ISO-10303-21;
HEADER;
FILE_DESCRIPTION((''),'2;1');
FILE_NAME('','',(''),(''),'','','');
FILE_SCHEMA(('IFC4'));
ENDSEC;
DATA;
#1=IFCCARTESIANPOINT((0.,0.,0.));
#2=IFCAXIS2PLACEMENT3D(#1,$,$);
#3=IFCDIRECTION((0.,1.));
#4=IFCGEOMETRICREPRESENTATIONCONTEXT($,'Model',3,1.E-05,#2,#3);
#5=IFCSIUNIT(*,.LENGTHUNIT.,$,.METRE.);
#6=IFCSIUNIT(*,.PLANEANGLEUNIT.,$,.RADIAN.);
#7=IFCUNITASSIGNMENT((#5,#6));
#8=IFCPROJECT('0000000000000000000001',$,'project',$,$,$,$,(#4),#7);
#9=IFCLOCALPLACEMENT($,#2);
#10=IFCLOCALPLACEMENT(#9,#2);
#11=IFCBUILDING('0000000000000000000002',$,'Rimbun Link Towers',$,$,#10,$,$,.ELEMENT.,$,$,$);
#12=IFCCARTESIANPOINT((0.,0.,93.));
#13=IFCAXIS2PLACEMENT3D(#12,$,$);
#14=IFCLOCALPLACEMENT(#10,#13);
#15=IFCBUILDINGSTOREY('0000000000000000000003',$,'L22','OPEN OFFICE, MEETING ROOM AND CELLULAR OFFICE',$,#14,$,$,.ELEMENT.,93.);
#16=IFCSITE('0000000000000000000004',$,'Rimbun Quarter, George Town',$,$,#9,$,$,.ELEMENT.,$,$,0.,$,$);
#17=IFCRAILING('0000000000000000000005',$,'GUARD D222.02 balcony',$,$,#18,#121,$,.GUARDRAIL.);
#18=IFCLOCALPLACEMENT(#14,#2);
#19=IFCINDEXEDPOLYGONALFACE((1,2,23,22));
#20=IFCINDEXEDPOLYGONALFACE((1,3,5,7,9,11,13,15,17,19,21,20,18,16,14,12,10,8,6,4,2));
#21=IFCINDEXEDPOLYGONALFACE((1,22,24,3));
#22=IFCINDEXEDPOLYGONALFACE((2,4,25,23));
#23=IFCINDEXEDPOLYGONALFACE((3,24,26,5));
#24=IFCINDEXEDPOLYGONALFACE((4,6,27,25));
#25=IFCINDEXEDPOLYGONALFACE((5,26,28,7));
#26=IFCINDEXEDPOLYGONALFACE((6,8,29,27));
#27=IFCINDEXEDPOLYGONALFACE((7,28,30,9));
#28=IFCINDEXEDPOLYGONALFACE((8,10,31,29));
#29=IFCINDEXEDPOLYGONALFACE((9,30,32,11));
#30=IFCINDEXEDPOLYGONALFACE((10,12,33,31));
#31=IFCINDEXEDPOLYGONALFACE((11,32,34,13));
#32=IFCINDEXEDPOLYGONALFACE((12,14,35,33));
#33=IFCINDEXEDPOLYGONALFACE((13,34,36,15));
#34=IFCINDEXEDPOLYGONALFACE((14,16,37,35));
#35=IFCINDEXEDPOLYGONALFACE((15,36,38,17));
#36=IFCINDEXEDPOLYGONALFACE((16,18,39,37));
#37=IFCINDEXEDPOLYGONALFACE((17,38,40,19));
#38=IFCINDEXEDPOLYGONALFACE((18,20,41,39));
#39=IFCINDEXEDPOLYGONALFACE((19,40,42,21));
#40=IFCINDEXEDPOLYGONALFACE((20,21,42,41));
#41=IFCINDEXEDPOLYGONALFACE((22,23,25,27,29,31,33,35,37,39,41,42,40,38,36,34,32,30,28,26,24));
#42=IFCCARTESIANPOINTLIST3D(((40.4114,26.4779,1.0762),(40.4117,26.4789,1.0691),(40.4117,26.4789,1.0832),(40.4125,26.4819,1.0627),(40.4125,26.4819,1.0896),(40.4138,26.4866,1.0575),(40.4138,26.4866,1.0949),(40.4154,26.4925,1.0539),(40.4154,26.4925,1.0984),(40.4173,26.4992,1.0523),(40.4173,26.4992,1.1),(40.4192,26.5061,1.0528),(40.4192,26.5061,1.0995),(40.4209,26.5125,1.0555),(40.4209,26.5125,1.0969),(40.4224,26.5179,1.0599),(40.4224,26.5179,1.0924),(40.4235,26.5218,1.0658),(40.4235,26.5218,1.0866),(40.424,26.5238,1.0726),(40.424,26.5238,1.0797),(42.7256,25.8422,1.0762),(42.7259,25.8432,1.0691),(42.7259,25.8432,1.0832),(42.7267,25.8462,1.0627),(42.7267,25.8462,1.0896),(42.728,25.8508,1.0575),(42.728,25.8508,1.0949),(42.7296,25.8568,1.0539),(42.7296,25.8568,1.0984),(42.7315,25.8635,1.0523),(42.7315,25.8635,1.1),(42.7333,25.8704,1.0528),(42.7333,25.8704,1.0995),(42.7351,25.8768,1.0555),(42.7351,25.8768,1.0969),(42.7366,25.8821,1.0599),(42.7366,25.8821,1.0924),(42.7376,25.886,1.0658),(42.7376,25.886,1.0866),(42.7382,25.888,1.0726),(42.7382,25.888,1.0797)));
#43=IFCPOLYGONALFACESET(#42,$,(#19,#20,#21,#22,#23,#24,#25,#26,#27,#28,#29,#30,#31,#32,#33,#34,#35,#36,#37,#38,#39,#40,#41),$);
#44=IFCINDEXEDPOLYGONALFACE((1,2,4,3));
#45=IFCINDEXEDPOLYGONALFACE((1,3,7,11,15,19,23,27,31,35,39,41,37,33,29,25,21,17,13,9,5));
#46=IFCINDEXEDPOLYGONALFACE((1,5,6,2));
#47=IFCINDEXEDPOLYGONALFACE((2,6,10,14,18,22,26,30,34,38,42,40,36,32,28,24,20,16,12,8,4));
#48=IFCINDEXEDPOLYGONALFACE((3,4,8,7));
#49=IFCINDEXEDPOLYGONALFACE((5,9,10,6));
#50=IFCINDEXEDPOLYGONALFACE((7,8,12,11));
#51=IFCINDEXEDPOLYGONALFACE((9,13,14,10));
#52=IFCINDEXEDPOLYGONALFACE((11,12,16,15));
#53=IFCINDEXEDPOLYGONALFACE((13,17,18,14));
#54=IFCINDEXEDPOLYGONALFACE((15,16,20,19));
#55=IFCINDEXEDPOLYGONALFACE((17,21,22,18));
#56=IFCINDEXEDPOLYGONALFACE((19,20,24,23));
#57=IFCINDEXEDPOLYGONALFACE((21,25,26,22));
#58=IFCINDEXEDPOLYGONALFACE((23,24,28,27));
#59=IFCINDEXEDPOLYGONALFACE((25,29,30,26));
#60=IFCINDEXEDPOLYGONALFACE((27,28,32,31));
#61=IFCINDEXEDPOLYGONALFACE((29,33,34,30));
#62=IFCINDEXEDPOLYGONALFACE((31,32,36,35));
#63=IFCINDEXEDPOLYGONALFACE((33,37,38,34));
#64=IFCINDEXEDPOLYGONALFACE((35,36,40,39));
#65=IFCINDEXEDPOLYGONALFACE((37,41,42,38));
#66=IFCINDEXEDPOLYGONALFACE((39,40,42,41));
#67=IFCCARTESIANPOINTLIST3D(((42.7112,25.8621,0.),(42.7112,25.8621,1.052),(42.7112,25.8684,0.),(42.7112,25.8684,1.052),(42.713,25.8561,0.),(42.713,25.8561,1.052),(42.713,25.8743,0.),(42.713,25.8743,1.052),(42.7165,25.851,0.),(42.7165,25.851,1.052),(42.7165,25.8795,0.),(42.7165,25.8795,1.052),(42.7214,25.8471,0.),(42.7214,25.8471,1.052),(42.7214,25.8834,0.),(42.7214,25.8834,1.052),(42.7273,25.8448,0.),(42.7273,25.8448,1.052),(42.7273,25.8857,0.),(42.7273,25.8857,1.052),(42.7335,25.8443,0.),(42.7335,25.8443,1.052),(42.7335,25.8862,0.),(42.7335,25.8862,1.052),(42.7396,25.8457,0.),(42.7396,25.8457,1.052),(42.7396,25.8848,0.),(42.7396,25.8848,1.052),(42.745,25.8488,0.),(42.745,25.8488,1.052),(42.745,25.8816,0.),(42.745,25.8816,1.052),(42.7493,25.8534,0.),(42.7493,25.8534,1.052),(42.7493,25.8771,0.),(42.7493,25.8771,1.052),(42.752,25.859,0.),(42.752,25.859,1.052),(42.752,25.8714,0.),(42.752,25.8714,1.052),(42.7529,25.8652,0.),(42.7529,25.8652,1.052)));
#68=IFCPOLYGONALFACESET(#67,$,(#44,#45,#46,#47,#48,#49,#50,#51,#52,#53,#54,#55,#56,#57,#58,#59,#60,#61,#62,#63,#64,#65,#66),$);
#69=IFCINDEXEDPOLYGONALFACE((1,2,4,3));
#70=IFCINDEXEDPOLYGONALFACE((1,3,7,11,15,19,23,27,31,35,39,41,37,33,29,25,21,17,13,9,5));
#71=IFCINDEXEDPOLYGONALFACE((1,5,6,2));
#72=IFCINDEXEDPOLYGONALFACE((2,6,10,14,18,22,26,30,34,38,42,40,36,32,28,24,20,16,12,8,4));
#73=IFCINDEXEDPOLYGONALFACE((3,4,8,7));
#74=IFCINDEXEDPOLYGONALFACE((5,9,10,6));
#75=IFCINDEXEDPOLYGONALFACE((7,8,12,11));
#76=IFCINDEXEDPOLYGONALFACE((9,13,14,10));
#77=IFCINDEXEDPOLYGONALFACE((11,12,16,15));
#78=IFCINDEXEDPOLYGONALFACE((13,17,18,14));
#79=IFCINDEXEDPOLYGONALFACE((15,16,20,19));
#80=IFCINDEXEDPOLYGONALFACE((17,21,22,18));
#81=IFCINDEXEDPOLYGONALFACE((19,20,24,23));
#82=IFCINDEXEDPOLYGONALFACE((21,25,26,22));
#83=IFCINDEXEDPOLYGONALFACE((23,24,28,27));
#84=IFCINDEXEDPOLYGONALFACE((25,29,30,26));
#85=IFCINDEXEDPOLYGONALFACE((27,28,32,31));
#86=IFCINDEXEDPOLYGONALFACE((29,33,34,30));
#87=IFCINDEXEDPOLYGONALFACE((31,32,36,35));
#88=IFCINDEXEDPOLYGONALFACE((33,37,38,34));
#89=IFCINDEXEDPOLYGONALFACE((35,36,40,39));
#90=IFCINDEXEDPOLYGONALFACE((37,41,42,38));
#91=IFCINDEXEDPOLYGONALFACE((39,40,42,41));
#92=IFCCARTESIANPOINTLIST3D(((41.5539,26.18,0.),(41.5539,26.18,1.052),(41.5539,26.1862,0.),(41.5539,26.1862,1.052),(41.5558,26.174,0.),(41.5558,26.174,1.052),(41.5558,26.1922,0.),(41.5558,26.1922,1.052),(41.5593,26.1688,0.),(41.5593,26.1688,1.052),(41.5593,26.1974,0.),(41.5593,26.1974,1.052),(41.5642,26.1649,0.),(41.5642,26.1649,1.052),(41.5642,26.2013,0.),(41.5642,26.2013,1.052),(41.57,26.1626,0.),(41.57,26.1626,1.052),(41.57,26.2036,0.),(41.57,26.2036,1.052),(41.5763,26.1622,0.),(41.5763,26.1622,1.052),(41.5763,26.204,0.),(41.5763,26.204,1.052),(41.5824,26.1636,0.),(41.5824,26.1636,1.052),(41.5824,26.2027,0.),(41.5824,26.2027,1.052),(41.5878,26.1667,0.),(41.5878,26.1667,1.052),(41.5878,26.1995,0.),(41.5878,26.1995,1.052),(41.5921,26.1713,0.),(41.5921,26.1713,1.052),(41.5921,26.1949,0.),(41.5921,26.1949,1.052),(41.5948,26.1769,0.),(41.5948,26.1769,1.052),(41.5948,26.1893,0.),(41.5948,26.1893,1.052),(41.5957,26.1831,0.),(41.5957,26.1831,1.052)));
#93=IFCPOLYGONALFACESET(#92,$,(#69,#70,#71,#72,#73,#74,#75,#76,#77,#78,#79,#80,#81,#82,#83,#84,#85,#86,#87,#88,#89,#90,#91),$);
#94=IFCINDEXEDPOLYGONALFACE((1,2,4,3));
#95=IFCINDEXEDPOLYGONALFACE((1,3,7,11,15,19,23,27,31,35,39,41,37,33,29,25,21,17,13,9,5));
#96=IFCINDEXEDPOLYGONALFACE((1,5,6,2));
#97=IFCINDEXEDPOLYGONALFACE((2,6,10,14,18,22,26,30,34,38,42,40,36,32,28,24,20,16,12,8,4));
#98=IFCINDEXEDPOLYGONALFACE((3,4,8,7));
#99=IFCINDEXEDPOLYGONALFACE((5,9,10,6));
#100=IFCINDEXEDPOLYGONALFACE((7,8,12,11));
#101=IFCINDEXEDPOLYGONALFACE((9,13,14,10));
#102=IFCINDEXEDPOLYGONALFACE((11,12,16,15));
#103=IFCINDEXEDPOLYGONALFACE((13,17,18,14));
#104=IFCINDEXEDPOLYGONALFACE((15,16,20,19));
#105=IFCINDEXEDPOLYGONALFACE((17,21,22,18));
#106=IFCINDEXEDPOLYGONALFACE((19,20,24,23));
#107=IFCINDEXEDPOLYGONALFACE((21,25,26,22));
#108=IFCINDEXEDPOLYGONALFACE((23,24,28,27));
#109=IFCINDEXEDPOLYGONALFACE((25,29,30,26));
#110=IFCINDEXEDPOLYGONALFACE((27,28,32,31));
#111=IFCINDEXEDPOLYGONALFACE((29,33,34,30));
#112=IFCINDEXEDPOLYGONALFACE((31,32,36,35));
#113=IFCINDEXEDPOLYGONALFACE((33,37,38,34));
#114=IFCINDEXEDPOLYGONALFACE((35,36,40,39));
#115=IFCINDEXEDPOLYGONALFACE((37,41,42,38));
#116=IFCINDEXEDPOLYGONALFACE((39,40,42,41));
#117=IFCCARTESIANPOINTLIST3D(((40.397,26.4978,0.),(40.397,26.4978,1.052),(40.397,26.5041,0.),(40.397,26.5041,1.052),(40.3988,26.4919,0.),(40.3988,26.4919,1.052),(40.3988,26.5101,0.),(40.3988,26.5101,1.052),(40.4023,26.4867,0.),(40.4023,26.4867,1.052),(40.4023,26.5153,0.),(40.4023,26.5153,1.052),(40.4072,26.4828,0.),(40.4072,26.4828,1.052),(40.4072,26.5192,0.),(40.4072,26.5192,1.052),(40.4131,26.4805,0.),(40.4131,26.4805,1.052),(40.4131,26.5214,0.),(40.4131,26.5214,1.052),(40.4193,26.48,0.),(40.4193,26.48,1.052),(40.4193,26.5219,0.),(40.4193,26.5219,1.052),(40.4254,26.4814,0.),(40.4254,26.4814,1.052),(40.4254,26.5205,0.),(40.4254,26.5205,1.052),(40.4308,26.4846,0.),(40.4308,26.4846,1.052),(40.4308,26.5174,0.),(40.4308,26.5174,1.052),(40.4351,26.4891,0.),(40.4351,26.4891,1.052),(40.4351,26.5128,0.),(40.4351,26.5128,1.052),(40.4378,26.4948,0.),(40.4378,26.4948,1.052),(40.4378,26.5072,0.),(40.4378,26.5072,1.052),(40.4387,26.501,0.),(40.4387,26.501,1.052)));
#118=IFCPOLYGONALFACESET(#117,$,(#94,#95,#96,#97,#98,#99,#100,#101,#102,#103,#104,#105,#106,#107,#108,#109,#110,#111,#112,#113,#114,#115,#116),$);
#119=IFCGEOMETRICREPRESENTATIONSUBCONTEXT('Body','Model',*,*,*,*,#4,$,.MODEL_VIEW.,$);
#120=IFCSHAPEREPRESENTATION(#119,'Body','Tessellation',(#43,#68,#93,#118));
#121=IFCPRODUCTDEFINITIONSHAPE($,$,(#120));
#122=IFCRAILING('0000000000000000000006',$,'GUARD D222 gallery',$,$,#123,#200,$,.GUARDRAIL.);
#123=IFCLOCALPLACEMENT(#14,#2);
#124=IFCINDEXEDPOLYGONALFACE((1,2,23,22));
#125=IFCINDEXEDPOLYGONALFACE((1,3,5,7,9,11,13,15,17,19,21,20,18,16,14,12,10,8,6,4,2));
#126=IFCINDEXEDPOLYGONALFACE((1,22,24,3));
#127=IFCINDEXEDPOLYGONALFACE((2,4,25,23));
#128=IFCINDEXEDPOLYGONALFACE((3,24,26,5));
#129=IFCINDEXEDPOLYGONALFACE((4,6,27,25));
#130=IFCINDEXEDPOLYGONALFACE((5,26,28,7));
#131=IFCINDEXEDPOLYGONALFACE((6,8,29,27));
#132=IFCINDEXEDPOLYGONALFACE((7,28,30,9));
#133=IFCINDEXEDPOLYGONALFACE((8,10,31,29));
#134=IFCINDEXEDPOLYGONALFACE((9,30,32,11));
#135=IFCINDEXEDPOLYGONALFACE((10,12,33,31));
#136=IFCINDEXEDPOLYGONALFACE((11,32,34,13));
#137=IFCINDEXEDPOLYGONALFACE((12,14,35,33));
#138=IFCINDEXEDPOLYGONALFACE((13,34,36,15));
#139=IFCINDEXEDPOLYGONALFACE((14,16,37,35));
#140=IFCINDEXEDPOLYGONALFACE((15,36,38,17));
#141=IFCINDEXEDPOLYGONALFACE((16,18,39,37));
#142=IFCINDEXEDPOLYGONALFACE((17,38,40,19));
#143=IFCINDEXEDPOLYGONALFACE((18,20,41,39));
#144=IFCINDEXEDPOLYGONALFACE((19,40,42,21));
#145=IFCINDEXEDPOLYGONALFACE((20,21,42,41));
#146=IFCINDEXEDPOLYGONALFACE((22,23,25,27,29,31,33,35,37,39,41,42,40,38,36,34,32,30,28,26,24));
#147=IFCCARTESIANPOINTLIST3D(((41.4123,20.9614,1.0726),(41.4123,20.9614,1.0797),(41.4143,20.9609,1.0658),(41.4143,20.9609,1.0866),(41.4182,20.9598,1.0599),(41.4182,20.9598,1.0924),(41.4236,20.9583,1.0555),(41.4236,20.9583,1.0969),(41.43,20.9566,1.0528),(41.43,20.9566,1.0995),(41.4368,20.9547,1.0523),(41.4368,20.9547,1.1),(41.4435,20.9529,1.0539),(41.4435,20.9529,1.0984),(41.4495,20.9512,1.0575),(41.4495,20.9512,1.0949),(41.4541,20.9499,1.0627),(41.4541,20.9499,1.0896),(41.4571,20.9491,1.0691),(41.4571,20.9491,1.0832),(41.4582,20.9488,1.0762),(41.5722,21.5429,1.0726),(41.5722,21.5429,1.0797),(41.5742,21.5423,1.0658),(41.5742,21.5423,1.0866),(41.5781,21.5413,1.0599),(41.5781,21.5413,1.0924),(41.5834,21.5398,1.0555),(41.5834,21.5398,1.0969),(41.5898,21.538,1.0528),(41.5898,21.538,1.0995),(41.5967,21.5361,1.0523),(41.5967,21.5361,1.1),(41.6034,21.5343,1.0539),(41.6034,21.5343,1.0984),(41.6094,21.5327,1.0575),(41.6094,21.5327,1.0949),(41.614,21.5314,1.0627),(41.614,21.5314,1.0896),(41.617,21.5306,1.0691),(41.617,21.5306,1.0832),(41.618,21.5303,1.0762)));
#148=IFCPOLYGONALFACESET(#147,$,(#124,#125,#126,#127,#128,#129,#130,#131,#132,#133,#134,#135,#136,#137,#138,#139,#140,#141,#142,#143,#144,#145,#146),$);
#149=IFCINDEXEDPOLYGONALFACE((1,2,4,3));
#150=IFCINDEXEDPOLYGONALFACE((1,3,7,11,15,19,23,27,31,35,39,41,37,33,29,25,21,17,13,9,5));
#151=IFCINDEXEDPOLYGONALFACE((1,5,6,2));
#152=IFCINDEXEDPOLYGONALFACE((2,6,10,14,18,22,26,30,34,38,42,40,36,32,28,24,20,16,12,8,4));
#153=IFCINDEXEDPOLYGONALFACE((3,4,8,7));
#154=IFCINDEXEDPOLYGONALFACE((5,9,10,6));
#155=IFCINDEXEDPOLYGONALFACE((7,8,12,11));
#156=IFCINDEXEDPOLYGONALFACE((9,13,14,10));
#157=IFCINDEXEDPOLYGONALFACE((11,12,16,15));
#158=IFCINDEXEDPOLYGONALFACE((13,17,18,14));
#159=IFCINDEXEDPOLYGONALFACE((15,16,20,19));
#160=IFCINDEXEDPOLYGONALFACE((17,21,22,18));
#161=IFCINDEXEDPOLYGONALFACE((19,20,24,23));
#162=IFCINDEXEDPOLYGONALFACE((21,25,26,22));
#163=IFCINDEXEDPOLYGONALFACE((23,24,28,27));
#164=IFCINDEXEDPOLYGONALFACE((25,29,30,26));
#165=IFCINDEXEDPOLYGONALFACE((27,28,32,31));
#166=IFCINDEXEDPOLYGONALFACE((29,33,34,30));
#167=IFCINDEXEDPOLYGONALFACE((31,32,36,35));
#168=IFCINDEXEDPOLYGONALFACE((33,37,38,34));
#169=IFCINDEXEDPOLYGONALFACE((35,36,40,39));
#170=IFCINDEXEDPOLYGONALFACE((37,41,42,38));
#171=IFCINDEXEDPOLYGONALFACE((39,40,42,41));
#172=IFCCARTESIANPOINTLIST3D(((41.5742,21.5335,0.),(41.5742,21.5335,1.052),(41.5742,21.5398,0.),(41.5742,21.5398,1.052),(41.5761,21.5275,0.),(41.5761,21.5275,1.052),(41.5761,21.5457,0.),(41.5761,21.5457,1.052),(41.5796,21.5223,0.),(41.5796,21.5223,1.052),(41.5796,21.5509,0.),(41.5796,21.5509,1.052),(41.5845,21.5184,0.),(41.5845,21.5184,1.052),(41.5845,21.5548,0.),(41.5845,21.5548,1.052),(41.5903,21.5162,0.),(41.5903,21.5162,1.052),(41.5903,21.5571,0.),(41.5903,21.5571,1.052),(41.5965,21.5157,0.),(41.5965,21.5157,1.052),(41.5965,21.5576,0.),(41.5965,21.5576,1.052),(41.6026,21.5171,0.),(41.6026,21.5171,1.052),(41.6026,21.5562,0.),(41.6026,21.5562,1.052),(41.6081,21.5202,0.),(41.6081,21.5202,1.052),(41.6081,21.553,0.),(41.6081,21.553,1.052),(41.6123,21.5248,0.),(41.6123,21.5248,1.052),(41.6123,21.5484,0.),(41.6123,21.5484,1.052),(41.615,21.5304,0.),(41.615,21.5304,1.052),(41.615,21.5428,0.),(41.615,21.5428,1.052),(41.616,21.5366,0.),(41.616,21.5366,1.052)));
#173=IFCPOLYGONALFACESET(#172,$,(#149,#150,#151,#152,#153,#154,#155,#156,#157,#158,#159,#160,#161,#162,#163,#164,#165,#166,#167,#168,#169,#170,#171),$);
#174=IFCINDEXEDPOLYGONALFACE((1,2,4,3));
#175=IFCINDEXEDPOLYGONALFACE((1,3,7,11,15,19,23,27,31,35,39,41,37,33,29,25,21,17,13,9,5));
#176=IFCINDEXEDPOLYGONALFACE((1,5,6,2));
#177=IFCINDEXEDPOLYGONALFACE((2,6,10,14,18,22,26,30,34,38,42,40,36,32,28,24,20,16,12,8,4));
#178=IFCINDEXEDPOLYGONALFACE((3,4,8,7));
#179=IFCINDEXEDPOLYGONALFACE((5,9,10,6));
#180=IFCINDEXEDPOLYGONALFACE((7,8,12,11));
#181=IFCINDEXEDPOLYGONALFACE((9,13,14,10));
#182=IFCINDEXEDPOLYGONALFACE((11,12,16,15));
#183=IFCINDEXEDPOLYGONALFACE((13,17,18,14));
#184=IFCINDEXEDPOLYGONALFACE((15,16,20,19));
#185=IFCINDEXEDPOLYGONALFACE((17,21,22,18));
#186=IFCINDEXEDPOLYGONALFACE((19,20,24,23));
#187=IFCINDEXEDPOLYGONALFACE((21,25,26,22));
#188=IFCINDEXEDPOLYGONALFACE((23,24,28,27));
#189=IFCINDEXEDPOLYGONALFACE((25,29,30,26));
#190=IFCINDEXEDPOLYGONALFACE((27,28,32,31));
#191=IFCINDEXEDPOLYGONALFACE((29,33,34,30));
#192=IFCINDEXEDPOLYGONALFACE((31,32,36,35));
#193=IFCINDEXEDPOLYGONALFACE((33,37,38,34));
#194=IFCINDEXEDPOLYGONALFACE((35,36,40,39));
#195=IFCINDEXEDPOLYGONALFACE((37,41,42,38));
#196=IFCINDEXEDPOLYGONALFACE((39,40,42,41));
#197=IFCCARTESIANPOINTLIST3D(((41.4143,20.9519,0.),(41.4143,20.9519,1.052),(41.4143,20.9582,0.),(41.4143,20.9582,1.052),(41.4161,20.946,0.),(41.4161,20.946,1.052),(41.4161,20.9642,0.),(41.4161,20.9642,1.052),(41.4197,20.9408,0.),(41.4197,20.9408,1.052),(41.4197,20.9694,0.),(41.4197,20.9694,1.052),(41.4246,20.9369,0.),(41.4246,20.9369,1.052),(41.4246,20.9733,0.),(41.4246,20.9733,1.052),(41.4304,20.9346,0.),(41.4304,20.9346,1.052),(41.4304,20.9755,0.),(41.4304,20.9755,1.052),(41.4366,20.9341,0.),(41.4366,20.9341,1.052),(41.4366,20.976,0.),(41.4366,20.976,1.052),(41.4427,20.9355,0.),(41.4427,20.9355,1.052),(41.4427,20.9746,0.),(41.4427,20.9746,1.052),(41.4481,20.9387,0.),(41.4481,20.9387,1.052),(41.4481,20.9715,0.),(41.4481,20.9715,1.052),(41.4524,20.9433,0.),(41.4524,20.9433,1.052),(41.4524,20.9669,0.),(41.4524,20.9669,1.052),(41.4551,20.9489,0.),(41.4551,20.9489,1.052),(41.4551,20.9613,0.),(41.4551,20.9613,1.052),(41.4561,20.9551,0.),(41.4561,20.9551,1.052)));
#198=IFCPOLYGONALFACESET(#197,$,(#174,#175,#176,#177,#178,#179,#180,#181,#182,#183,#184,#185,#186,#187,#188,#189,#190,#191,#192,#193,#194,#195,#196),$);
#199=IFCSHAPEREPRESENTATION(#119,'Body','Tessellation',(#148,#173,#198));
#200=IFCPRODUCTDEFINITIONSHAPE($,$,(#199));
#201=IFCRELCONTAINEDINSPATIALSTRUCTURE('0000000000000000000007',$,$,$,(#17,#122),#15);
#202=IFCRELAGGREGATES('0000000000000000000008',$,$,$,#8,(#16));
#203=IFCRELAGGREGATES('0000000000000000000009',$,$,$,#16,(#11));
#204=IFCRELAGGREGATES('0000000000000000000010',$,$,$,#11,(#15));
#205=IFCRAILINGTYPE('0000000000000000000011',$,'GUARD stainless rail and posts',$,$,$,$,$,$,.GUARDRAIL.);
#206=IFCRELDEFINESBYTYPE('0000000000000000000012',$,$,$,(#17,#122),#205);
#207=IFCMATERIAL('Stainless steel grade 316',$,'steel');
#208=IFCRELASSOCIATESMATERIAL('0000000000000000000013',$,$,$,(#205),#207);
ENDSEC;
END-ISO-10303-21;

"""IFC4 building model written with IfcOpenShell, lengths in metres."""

from ifc_helpers import new_model, si_unit, direction, frame, origin, origin_2d, place, context, subcontext, project, spatial, circle, extrude, material, type_object, element, save


model = new_model("IFC4")

# Units and contexts
model_context = context("Model", 3, precision=1e-05, world=origin(), true_north=direction((0.0, 1.0)))
body_context = subcontext(model_context, "Body", "Model", "MODEL_VIEW")
ifc_project = project(units=[si_unit("LENGTHUNIT", "METRE"), si_unit("PLANEANGLEUNIT", "RADIAN")], contexts=[model_context])

# Site, building, storey
site_placement = place(None, origin())
site = spatial("IfcSite", under=ifc_project, at=site_placement, Name="Rimbun Quarter, George Town", CompositionType="ELEMENT", RefElevation=0.0)
building_placement = place(site_placement, origin())
building = spatial("IfcBuilding", under=site, at=building_placement, Name="Rimbun Link Towers", CompositionType="ELEMENT")
storey_placement = place(building_placement, frame((0.0, 0.0, 93.0)))
storey = spatial("IfcBuildingStorey", under=building, at=storey_placement, Name="L22", Description="OPEN OFFICE, MEETING ROOM AND CELLULAR OFFICE", CompositionType="ELEMENT", Elevation=93.0)

# Railings
ifc_material_1 = material(Name="Stainless steel grade 316", Category="steel")
railing_type = type_object("IfcRailingType", Name="GUARD stainless rail and posts", PredefinedType="GUARDRAIL", material=ifc_material_1)
railing_1_placement = place(storey_placement, frame((42.7319, 25.8652, 0.0)))
element("IfcRailing", 1, at=railing_1_placement, inside=storey, type_object=railing_type, Name="GUARD D222.02 balcony", PredefinedType="GUARDRAIL", context=body_context, shape_type="SweptSolid", body=[
    extrude(circle(Radius=0.0239, at=origin_2d()), frame((0.0, 0.0, 1.0762), z_axis=(-0.964276, 0.264899, 0.0), x_axis=(-0.264899, -0.964276, 0.0)), (0.0, 0.0, 1.0), 2.3999),
    extrude(circle(Radius=0.021, at=origin_2d()), origin(), (0.0, 0.0, 1.0), 1.052),
    extrude(circle(Radius=0.021, at=origin_2d()), frame((-1.1572, 0.3179, 0.0)), (0.0, 0.0, 1.0), 1.052),
    extrude(circle(Radius=0.021, at=origin_2d()), frame((-2.3142, 0.6357, 0.0)), (0.0, 0.0, 1.0), 1.052),
])
railing_2_placement = place(storey_placement, frame((41.595, 21.5366, 0.0)))
element("IfcRailing", 2, at=railing_2_placement, inside=storey, type_object=railing_type, Name="GUARD D222 gallery", PredefinedType="GUARDRAIL", context=body_context, shape_type="SweptSolid", body=[
    extrude(circle(Radius=0.0239, at=origin_2d()), frame((0.0, 0.0, 1.0762), z_axis=(-0.265138, -0.964211, 0.0), x_axis=(0.964211, -0.265138, 0.0)), (0.0, 0.0, 1.0), 0.603),
    extrude(circle(Radius=0.021, at=origin_2d()), origin(), (0.0, 0.0, 1.0), 1.052),
    extrude(circle(Radius=0.021, at=origin_2d()), frame((-0.1599, -0.5815, 0.0)), (0.0, 0.0, 1.0), 1.052),
])

save(model, "model.ifc")
